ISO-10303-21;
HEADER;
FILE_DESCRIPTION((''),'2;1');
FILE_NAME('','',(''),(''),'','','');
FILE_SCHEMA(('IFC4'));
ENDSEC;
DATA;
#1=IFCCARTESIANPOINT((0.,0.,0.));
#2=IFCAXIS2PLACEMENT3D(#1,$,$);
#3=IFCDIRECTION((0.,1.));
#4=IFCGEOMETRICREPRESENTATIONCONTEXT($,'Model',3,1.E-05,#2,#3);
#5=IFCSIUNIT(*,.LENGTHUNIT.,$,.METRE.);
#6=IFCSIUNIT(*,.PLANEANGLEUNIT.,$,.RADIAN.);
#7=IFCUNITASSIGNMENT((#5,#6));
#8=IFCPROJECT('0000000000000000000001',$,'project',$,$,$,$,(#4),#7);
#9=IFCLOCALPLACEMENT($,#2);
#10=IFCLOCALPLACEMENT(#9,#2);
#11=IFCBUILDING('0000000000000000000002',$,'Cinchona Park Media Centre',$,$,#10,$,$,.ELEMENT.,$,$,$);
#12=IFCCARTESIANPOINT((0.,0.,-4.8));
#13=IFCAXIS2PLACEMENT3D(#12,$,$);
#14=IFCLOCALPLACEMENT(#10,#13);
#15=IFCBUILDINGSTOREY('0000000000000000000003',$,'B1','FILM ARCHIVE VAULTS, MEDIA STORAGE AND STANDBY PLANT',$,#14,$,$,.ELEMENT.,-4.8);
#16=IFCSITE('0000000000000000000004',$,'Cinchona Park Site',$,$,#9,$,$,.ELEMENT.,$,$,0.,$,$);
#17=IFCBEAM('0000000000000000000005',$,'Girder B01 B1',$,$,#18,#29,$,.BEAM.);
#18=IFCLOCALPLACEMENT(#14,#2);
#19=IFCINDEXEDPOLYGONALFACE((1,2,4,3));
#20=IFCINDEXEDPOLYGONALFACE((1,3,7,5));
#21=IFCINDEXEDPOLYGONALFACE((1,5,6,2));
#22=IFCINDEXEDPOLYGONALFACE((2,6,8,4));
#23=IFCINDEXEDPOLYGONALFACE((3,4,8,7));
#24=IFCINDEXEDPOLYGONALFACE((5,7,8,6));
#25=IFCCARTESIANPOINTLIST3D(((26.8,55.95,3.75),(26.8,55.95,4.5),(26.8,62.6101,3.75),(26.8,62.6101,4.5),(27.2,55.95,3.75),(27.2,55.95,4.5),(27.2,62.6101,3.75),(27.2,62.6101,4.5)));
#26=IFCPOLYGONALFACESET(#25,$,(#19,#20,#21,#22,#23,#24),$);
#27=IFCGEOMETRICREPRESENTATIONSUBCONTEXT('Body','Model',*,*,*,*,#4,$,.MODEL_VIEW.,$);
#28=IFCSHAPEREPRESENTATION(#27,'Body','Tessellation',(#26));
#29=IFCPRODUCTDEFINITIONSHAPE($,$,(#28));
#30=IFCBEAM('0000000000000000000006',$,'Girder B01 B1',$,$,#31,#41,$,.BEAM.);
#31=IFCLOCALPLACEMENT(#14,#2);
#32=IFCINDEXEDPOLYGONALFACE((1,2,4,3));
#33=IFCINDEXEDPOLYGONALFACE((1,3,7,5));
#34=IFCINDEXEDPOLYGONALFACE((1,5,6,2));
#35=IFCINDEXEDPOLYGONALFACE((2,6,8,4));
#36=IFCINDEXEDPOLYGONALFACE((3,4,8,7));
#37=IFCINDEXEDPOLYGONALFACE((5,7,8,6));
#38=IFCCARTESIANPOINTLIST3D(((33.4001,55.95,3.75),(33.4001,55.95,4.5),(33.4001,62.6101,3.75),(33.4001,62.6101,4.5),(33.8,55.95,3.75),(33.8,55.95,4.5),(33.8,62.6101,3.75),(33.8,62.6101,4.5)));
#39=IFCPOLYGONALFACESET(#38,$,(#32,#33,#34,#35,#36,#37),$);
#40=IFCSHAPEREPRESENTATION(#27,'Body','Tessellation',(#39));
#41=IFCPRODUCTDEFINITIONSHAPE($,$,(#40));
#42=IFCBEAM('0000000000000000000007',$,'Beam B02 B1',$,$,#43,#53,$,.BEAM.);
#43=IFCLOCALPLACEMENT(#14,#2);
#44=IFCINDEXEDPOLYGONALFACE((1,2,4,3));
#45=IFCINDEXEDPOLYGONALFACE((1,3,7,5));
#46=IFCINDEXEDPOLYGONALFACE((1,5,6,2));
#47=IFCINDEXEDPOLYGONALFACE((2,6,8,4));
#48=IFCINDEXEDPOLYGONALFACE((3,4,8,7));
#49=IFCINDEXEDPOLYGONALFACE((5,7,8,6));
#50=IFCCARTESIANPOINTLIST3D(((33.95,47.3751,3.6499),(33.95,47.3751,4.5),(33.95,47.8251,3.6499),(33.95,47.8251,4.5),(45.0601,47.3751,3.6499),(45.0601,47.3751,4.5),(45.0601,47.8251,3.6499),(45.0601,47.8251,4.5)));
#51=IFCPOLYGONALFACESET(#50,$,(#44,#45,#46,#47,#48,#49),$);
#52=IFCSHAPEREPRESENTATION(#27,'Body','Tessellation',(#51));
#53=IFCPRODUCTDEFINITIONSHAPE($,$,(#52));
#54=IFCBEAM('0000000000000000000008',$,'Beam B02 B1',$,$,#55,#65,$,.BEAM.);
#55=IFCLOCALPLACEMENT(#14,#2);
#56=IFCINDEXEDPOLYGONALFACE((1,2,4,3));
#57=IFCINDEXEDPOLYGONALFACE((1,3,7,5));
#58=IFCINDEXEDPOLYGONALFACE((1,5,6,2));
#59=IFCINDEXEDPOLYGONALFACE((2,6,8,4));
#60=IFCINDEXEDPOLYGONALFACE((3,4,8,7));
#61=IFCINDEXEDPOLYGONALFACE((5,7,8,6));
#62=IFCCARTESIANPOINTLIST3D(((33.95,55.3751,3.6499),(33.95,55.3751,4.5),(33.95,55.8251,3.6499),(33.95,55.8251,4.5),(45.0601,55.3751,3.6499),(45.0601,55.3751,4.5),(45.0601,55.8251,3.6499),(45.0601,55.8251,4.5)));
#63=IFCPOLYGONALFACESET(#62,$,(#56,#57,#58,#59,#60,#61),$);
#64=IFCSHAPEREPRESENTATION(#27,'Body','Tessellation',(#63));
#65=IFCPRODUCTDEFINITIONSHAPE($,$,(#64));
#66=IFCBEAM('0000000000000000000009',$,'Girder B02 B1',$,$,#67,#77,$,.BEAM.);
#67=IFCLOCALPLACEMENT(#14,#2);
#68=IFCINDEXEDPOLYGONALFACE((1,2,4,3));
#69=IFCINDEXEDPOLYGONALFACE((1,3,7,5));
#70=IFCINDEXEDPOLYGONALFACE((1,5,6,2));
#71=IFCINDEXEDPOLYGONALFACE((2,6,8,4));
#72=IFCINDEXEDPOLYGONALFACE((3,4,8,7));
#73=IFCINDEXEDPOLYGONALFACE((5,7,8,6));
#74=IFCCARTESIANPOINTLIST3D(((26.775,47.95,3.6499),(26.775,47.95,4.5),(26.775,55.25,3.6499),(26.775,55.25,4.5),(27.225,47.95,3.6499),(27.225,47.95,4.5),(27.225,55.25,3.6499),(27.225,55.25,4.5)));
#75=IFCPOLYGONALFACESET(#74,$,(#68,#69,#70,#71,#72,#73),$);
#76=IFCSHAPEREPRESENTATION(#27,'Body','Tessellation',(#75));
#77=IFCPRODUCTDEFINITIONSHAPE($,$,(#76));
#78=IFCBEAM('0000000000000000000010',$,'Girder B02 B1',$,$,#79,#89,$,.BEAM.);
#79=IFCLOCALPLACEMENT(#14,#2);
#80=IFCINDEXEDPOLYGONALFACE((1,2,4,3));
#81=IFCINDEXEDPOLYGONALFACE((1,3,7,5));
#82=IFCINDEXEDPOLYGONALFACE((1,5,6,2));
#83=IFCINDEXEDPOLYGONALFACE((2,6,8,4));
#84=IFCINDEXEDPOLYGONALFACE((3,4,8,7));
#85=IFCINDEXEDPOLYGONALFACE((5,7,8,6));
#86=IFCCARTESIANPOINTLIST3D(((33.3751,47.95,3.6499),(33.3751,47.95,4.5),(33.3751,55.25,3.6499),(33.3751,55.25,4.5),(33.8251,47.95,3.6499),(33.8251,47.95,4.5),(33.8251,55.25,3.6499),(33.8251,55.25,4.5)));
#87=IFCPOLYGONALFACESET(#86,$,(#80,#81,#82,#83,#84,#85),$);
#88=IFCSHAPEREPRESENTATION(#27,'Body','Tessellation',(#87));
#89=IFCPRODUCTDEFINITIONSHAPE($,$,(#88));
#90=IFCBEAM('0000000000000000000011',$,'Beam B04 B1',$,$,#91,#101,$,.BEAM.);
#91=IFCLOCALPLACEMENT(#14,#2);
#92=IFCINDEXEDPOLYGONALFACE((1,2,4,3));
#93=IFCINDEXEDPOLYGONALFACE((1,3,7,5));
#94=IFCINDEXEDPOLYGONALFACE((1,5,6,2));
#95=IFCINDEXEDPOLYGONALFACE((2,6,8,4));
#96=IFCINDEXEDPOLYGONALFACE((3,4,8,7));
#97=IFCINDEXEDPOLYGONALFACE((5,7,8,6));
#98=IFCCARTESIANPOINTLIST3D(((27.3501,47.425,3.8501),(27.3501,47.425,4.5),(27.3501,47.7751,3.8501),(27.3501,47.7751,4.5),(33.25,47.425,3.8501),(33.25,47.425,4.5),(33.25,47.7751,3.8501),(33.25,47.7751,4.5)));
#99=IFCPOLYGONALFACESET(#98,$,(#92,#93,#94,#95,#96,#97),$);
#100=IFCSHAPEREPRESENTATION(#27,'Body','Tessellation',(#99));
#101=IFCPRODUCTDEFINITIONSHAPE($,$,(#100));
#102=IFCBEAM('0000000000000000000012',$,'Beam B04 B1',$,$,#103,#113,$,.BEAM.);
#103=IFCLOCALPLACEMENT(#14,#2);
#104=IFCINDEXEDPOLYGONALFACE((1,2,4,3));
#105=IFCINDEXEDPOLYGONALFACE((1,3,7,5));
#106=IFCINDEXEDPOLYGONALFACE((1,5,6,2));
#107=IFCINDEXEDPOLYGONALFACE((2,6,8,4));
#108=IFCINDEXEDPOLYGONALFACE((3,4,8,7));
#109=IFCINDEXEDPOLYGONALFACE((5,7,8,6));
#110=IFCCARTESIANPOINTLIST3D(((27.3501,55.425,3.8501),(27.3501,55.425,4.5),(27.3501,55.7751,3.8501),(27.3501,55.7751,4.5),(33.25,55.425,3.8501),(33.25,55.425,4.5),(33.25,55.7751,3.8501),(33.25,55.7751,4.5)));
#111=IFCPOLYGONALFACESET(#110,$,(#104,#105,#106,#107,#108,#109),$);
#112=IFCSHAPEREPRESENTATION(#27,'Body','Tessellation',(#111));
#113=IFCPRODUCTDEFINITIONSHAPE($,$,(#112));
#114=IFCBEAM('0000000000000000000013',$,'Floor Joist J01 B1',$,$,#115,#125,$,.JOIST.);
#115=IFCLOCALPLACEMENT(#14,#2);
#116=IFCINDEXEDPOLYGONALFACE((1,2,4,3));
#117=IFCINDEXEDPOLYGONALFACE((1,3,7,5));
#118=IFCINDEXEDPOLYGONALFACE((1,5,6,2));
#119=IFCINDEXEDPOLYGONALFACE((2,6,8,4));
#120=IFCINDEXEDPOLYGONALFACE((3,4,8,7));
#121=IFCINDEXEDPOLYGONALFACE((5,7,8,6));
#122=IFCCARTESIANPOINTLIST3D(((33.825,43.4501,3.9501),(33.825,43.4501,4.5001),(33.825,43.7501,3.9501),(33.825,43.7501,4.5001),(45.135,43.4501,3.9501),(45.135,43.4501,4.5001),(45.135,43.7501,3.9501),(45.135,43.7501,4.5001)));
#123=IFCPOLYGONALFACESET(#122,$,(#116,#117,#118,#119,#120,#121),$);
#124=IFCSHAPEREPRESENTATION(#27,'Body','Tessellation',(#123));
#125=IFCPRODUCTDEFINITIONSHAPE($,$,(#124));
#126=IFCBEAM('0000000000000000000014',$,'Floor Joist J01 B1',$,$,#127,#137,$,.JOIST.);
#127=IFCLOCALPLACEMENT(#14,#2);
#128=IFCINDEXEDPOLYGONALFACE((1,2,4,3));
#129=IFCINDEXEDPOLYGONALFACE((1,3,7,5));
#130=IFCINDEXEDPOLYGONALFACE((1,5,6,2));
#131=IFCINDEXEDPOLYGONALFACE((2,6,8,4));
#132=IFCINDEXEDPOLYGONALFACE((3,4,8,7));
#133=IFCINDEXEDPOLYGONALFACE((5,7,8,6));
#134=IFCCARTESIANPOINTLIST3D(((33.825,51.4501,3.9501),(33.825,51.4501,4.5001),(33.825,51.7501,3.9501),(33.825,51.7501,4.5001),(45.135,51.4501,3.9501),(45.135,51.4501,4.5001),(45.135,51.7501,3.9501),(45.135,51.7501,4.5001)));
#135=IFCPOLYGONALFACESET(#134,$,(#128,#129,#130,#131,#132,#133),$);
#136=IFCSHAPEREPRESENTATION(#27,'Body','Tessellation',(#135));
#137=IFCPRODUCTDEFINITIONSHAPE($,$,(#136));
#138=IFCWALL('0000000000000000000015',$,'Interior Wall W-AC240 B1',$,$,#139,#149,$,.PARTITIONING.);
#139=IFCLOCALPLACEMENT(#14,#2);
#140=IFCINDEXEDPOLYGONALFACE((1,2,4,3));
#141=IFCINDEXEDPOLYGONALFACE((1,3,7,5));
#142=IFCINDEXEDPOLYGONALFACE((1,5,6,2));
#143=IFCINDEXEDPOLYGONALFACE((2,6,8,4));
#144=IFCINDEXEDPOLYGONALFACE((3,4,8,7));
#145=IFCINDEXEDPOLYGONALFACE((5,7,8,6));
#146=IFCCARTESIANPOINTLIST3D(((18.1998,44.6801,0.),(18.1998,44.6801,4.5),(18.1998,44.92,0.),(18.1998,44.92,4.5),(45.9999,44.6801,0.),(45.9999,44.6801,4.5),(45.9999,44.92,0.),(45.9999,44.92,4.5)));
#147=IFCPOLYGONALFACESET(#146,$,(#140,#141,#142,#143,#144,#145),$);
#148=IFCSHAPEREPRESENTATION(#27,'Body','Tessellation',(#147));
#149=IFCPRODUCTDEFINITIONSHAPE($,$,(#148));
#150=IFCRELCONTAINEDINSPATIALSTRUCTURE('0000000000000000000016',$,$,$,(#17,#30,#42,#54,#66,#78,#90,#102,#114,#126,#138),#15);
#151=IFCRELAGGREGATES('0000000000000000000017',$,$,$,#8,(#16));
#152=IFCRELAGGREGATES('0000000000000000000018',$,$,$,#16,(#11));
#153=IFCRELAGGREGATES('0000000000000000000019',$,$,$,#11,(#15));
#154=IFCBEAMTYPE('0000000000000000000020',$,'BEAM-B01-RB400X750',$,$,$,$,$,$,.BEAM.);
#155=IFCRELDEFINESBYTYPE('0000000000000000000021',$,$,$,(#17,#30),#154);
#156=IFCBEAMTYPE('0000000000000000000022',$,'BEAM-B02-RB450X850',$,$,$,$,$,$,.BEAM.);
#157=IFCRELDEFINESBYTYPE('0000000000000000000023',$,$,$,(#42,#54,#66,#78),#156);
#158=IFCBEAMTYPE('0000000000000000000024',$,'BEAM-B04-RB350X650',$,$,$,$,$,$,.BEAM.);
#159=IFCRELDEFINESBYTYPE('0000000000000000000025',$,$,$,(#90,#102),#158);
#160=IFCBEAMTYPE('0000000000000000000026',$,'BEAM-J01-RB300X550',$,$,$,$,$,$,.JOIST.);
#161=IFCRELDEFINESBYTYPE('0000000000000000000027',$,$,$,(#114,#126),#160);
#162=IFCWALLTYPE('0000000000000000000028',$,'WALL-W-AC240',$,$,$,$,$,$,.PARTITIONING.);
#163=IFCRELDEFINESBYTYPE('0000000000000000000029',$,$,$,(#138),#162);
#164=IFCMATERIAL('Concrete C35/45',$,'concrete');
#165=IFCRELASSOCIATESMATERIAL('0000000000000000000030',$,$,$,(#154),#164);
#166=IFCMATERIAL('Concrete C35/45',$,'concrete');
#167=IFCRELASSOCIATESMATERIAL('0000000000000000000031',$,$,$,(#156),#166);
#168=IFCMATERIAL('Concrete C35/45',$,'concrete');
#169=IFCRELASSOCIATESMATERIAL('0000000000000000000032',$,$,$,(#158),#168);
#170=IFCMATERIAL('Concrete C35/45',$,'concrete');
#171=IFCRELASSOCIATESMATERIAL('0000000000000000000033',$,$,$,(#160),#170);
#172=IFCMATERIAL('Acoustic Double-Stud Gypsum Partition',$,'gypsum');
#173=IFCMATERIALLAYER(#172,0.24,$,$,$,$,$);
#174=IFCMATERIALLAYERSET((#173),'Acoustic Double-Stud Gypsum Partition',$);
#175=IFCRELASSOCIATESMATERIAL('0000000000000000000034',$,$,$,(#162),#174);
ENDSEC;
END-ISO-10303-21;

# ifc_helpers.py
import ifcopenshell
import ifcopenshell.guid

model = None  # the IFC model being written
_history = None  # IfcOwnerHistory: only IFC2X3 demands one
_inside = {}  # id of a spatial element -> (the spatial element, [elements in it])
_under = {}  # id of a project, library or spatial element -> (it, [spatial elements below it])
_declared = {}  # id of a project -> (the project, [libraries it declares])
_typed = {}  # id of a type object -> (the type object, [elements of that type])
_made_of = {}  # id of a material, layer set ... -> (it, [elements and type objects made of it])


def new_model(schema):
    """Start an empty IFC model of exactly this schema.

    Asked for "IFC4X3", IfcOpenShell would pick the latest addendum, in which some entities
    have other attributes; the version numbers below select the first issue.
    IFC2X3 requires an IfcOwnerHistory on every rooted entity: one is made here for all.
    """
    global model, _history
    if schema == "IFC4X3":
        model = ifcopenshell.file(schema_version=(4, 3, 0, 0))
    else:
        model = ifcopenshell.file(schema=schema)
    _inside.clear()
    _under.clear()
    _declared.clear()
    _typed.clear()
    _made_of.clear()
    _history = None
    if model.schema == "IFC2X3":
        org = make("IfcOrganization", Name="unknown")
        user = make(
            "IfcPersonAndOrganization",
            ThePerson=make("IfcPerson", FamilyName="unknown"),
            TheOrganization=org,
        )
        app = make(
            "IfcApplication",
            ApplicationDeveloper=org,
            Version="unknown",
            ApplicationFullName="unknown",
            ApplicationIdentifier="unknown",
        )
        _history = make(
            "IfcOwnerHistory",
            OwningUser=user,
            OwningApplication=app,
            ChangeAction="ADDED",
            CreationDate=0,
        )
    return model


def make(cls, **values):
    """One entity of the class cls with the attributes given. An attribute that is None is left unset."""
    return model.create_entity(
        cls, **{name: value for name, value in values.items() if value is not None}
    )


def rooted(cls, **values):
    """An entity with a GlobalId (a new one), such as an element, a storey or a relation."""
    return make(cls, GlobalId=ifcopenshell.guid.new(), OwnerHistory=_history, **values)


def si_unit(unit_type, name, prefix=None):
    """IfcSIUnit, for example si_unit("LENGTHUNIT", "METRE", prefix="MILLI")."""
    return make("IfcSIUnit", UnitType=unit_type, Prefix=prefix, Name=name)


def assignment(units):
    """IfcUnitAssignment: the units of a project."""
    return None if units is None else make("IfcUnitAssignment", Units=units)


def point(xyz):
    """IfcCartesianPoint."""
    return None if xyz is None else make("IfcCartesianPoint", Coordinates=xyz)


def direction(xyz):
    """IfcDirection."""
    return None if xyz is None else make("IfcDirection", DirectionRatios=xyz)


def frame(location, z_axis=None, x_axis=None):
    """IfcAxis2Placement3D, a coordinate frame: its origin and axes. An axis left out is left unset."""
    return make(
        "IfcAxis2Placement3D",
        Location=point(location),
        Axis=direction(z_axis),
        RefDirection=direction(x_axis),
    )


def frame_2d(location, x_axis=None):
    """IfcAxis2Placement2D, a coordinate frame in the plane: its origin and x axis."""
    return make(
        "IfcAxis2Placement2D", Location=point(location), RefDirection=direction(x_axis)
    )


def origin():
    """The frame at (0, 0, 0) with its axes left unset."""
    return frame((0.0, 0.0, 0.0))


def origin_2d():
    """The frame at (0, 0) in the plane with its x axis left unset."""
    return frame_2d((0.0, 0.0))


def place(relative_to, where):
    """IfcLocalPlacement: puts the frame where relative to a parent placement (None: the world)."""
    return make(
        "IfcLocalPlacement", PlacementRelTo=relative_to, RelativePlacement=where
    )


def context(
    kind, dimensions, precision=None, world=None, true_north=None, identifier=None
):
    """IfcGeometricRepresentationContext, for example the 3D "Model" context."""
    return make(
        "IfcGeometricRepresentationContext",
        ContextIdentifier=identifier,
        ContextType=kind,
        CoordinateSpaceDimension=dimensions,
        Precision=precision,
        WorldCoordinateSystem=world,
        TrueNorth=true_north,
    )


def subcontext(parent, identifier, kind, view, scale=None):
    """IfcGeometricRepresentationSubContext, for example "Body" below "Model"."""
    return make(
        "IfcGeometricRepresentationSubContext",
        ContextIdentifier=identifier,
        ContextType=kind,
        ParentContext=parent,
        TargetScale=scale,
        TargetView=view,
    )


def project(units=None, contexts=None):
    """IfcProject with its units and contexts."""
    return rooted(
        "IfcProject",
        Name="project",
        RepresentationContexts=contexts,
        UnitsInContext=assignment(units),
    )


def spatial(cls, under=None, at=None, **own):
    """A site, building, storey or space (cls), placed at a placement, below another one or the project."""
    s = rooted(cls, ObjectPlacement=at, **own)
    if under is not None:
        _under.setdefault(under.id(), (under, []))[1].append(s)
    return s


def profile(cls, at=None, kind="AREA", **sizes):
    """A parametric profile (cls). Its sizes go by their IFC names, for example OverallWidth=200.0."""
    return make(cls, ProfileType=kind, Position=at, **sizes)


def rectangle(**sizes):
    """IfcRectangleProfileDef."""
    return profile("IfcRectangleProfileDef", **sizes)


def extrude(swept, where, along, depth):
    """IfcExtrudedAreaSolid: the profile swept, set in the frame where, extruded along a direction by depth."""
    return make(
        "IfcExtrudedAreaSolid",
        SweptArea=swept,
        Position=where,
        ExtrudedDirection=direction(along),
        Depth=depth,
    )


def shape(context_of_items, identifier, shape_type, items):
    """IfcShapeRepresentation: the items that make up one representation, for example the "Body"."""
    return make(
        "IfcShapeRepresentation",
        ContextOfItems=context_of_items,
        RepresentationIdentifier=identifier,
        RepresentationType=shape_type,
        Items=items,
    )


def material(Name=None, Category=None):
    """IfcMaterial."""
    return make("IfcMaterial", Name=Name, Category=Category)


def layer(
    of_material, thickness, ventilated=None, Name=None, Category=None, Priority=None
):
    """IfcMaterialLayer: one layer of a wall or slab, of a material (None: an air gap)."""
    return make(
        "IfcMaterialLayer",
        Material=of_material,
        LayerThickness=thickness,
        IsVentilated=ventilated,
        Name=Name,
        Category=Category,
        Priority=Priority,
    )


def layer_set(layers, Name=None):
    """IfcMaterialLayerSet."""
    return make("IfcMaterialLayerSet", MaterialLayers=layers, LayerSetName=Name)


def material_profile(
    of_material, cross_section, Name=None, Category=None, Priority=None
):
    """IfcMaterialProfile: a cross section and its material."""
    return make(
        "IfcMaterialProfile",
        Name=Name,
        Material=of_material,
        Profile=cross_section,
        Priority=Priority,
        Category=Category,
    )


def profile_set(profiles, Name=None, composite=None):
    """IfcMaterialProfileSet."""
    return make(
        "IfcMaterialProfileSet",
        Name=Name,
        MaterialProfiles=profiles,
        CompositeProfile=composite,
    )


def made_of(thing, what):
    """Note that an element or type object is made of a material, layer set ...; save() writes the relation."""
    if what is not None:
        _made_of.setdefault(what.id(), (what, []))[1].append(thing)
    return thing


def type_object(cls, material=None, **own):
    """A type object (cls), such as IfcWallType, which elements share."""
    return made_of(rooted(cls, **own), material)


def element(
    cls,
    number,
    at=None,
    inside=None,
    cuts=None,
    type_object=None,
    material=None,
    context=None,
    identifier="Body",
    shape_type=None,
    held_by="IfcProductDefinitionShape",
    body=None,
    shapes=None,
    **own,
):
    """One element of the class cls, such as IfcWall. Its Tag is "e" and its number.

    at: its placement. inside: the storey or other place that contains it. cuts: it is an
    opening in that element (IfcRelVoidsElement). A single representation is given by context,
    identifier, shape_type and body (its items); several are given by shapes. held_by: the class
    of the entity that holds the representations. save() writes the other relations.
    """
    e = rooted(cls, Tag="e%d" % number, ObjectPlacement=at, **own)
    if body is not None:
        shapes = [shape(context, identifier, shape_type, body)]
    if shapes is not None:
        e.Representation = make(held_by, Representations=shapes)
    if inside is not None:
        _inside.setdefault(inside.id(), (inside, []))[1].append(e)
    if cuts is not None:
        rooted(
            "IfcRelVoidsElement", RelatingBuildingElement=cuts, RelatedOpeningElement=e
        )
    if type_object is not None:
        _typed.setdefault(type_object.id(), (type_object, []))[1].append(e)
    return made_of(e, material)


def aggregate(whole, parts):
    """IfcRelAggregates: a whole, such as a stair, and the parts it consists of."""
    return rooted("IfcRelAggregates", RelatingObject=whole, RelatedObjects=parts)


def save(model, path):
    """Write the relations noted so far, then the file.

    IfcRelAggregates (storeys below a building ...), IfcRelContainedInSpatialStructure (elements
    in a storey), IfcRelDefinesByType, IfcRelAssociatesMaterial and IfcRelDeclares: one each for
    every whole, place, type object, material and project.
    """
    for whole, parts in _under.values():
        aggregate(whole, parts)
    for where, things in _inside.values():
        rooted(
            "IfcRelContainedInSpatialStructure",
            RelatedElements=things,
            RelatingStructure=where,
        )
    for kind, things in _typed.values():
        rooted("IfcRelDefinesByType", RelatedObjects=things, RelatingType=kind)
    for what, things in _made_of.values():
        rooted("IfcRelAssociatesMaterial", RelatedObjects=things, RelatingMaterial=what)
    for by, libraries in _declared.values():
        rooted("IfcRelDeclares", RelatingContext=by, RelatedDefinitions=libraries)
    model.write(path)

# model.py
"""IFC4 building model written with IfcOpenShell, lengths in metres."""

from ifc_helpers import new_model, si_unit, direction, frame, frame_2d, origin, origin_2d, place, context, subcontext, project, spatial, rectangle, extrude, material, layer, layer_set, material_profile, profile_set, type_object, element, save


model = new_model("IFC4")

# Units and contexts
model_context = context("Model", 3, precision=1e-05, world=origin(), true_north=direction((0.0, 1.0)))
body_context = subcontext(model_context, "Body", "Model", "MODEL_VIEW")
ifc_project = project(units=[si_unit("LENGTHUNIT", "METRE"), si_unit("PLANEANGLEUNIT", "RADIAN")], contexts=[model_context])

# Site, building, storey
site_placement = place(None, origin())
site = spatial("IfcSite", under=ifc_project, at=site_placement, Name="Cinchona Park Site", CompositionType="ELEMENT", RefElevation=0.0)
building_placement = place(site_placement, origin())
building = spatial("IfcBuilding", under=site, at=building_placement, Name="Cinchona Park Media Centre", CompositionType="ELEMENT")
storey_placement = place(building_placement, frame((0.0, 0.0, -4.8)))
storey = spatial("IfcBuildingStorey", under=building, at=storey_placement, Name="B1", Description="FILM ARCHIVE VAULTS, MEDIA STORAGE AND STANDBY PLANT", CompositionType="ELEMENT", Elevation=-4.8)

# Beams
ifc_material_1 = material(Name="Concrete C35/45", Category="concrete")
ifc_material_profile_1 = material_profile(ifc_material_1, rectangle(XDim=0.3999, YDim=0.75, at=origin_2d()), Name="RB 400X750")
ifc_profile_set_1 = profile_set([ifc_material_profile_1], Name="Concrete C35/45")
beam_type_1 = type_object("IfcBeamType", Name="BEAM-B01-RB400X750", PredefinedType="BEAM", material=ifc_profile_set_1)
for number, where, z_axis, x_axis, name in (
    (1, (27.0, 55.95, 4.125), (0.0, 1.0, 0.0), (-1.0, 0.0, 0.0), "Girder B01 B1"),
    (2, (33.6001, 55.95, 4.125), (0.0, 1.0, 0.0), (-1.0, 0.0, 0.0), "Girder B01 B1"),
):
    element("IfcBeam", number, at=place(storey_placement, frame(where, z_axis=z_axis, x_axis=x_axis)), inside=storey, type_object=beam_type_1, Name=name, PredefinedType="BEAM", context=body_context, shape_type="SweptSolid", body=[
        extrude(rectangle(XDim=0.3999, YDim=0.75, at=origin_2d()), origin(), (0.0, 0.0, 1.0), 6.6602),
    ])
ifc_material_2 = material(Name="Concrete C35/45", Category="concrete")
ifc_material_profile_2 = material_profile(ifc_material_2, rectangle(XDim=0.45, YDim=0.8501, at=origin_2d()), Name="RB 450X850")
ifc_profile_set_2 = profile_set([ifc_material_profile_2], Name="Concrete C35/45")
beam_type_2 = type_object("IfcBeamType", Name="BEAM-B02-RB450X850", PredefinedType="BEAM", material=ifc_profile_set_2)
for number, where, z_axis, x_axis, name in (
    (3, (33.95, 47.6001, 4.075), (1.0, 0.0, 0.0), (0.0, 1.0, 0.0), "Beam B02 B1"),
    (4, (33.95, 55.6001, 4.075), (1.0, 0.0, 0.0), (0.0, 1.0, 0.0), "Beam B02 B1"),
):
    element("IfcBeam", number, at=place(storey_placement, frame(where, z_axis=z_axis, x_axis=x_axis)), inside=storey, type_object=beam_type_2, Name=name, PredefinedType="BEAM", context=body_context, shape_type="SweptSolid", body=[
        extrude(rectangle(XDim=0.45, YDim=0.8501, at=origin_2d()), origin(), (0.0, 0.0, 1.0), 11.1101),
    ])
for number, where, z_axis, x_axis, name in (
    (5, (27.0, 47.95, 4.075), (0.0, 1.0, 0.0), (-1.0, 0.0, 0.0), "Girder B02 B1"),
    (6, (33.6001, 47.95, 4.075), (0.0, 1.0, 0.0), (-1.0, 0.0, 0.0), "Girder B02 B1"),
):
    element("IfcBeam", number, at=place(storey_placement, frame(where, z_axis=z_axis, x_axis=x_axis)), inside=storey, type_object=beam_type_2, Name=name, PredefinedType="BEAM", context=body_context, shape_type="SweptSolid", body=[
        extrude(rectangle(XDim=0.45, YDim=0.8501, at=origin_2d()), origin(), (0.0, 0.0, 1.0), 7.3),
    ])
ifc_material_3 = material(Name="Concrete C35/45", Category="concrete")
ifc_material_profile_3 = material_profile(ifc_material_3, rectangle(XDim=0.3501, YDim=0.6499, at=origin_2d()), Name="RB 350X650")
ifc_profile_set_3 = profile_set([ifc_material_profile_3], Name="Concrete C35/45")
beam_type_3 = type_object("IfcBeamType", Name="BEAM-B04-RB350X650", PredefinedType="BEAM", material=ifc_profile_set_3)
for number, where, z_axis, x_axis, name in (
    (7, (27.3501, 47.6001, 4.175), (1.0, 0.0, 0.0), (0.0, 1.0, 0.0), "Beam B04 B1"),
    (8, (27.3501, 55.6001, 4.175), (1.0, 0.0, 0.0), (0.0, 1.0, 0.0), "Beam B04 B1"),
):
    element("IfcBeam", number, at=place(storey_placement, frame(where, z_axis=z_axis, x_axis=x_axis)), inside=storey, type_object=beam_type_3, Name=name, PredefinedType="BEAM", context=body_context, shape_type="SweptSolid", body=[
        extrude(rectangle(XDim=0.3501, YDim=0.6499, at=origin_2d()), origin(), (0.0, 0.0, 1.0), 5.8999),
    ])
ifc_material_4 = material(Name="Concrete C35/45", Category="concrete")
ifc_material_profile_4 = material_profile(ifc_material_4, rectangle(XDim=0.3, YDim=0.55, at=origin_2d()), Name="RB 300X550")
ifc_profile_set_4 = profile_set([ifc_material_profile_4], Name="Concrete C35/45")
beam_type_4 = type_object("IfcBeamType", Name="BEAM-J01-RB300X550", PredefinedType="JOIST", material=ifc_profile_set_4)
for number, where, z_axis, x_axis, name in (
    (9, (33.825, 43.6001, 4.2251), (1.0, 0.0, 0.0), (0.0, 1.0, 0.0), "Floor Joist J01 B1"),
    (10, (33.825, 51.6001, 4.2251), (1.0, 0.0, 0.0), (0.0, 1.0, 0.0), "Floor Joist J01 B1"),
):
    element("IfcBeam", number, at=place(storey_placement, frame(where, z_axis=z_axis, x_axis=x_axis)), inside=storey, type_object=beam_type_4, Name=name, PredefinedType="JOIST", context=body_context, shape_type="SweptSolid", body=[
        extrude(rectangle(XDim=0.3, YDim=0.55, at=origin_2d()), origin(), (0.0, 0.0, 1.0), 11.3101),
    ])

# Wall
ifc_material_5 = material(Name="Acoustic Double-Stud Gypsum Partition", Category="gypsum")
ifc_layer_1 = layer(ifc_material_5, 0.24)
ifc_layer_set_1 = layer_set([ifc_layer_1], Name="Acoustic Double-Stud Gypsum Partition")
wall_type_1 = type_object("IfcWallType", Name="WALL-W-AC240", PredefinedType="PARTITIONING", material=ifc_layer_set_1)
wall_1_placement = place(storey_placement, frame((18.2, 44.8, 0.0), z_axis=(0.0, 0.0, 1.0), x_axis=(1.0, 0.0, 0.0)))
element("IfcWall", 11, at=wall_1_placement, inside=storey, type_object=wall_type_1, Name="Interior Wall W-AC240 B1", PredefinedType="PARTITIONING", context=body_context, shape_type="SweptSolid", body=[
    extrude(rectangle(XDim=27.8, YDim=0.24, at=frame_2d((13.8999, 0.0))), origin(), (0.0, 0.0, 1.0), 4.5),
])

save(model, "model.ifc")
